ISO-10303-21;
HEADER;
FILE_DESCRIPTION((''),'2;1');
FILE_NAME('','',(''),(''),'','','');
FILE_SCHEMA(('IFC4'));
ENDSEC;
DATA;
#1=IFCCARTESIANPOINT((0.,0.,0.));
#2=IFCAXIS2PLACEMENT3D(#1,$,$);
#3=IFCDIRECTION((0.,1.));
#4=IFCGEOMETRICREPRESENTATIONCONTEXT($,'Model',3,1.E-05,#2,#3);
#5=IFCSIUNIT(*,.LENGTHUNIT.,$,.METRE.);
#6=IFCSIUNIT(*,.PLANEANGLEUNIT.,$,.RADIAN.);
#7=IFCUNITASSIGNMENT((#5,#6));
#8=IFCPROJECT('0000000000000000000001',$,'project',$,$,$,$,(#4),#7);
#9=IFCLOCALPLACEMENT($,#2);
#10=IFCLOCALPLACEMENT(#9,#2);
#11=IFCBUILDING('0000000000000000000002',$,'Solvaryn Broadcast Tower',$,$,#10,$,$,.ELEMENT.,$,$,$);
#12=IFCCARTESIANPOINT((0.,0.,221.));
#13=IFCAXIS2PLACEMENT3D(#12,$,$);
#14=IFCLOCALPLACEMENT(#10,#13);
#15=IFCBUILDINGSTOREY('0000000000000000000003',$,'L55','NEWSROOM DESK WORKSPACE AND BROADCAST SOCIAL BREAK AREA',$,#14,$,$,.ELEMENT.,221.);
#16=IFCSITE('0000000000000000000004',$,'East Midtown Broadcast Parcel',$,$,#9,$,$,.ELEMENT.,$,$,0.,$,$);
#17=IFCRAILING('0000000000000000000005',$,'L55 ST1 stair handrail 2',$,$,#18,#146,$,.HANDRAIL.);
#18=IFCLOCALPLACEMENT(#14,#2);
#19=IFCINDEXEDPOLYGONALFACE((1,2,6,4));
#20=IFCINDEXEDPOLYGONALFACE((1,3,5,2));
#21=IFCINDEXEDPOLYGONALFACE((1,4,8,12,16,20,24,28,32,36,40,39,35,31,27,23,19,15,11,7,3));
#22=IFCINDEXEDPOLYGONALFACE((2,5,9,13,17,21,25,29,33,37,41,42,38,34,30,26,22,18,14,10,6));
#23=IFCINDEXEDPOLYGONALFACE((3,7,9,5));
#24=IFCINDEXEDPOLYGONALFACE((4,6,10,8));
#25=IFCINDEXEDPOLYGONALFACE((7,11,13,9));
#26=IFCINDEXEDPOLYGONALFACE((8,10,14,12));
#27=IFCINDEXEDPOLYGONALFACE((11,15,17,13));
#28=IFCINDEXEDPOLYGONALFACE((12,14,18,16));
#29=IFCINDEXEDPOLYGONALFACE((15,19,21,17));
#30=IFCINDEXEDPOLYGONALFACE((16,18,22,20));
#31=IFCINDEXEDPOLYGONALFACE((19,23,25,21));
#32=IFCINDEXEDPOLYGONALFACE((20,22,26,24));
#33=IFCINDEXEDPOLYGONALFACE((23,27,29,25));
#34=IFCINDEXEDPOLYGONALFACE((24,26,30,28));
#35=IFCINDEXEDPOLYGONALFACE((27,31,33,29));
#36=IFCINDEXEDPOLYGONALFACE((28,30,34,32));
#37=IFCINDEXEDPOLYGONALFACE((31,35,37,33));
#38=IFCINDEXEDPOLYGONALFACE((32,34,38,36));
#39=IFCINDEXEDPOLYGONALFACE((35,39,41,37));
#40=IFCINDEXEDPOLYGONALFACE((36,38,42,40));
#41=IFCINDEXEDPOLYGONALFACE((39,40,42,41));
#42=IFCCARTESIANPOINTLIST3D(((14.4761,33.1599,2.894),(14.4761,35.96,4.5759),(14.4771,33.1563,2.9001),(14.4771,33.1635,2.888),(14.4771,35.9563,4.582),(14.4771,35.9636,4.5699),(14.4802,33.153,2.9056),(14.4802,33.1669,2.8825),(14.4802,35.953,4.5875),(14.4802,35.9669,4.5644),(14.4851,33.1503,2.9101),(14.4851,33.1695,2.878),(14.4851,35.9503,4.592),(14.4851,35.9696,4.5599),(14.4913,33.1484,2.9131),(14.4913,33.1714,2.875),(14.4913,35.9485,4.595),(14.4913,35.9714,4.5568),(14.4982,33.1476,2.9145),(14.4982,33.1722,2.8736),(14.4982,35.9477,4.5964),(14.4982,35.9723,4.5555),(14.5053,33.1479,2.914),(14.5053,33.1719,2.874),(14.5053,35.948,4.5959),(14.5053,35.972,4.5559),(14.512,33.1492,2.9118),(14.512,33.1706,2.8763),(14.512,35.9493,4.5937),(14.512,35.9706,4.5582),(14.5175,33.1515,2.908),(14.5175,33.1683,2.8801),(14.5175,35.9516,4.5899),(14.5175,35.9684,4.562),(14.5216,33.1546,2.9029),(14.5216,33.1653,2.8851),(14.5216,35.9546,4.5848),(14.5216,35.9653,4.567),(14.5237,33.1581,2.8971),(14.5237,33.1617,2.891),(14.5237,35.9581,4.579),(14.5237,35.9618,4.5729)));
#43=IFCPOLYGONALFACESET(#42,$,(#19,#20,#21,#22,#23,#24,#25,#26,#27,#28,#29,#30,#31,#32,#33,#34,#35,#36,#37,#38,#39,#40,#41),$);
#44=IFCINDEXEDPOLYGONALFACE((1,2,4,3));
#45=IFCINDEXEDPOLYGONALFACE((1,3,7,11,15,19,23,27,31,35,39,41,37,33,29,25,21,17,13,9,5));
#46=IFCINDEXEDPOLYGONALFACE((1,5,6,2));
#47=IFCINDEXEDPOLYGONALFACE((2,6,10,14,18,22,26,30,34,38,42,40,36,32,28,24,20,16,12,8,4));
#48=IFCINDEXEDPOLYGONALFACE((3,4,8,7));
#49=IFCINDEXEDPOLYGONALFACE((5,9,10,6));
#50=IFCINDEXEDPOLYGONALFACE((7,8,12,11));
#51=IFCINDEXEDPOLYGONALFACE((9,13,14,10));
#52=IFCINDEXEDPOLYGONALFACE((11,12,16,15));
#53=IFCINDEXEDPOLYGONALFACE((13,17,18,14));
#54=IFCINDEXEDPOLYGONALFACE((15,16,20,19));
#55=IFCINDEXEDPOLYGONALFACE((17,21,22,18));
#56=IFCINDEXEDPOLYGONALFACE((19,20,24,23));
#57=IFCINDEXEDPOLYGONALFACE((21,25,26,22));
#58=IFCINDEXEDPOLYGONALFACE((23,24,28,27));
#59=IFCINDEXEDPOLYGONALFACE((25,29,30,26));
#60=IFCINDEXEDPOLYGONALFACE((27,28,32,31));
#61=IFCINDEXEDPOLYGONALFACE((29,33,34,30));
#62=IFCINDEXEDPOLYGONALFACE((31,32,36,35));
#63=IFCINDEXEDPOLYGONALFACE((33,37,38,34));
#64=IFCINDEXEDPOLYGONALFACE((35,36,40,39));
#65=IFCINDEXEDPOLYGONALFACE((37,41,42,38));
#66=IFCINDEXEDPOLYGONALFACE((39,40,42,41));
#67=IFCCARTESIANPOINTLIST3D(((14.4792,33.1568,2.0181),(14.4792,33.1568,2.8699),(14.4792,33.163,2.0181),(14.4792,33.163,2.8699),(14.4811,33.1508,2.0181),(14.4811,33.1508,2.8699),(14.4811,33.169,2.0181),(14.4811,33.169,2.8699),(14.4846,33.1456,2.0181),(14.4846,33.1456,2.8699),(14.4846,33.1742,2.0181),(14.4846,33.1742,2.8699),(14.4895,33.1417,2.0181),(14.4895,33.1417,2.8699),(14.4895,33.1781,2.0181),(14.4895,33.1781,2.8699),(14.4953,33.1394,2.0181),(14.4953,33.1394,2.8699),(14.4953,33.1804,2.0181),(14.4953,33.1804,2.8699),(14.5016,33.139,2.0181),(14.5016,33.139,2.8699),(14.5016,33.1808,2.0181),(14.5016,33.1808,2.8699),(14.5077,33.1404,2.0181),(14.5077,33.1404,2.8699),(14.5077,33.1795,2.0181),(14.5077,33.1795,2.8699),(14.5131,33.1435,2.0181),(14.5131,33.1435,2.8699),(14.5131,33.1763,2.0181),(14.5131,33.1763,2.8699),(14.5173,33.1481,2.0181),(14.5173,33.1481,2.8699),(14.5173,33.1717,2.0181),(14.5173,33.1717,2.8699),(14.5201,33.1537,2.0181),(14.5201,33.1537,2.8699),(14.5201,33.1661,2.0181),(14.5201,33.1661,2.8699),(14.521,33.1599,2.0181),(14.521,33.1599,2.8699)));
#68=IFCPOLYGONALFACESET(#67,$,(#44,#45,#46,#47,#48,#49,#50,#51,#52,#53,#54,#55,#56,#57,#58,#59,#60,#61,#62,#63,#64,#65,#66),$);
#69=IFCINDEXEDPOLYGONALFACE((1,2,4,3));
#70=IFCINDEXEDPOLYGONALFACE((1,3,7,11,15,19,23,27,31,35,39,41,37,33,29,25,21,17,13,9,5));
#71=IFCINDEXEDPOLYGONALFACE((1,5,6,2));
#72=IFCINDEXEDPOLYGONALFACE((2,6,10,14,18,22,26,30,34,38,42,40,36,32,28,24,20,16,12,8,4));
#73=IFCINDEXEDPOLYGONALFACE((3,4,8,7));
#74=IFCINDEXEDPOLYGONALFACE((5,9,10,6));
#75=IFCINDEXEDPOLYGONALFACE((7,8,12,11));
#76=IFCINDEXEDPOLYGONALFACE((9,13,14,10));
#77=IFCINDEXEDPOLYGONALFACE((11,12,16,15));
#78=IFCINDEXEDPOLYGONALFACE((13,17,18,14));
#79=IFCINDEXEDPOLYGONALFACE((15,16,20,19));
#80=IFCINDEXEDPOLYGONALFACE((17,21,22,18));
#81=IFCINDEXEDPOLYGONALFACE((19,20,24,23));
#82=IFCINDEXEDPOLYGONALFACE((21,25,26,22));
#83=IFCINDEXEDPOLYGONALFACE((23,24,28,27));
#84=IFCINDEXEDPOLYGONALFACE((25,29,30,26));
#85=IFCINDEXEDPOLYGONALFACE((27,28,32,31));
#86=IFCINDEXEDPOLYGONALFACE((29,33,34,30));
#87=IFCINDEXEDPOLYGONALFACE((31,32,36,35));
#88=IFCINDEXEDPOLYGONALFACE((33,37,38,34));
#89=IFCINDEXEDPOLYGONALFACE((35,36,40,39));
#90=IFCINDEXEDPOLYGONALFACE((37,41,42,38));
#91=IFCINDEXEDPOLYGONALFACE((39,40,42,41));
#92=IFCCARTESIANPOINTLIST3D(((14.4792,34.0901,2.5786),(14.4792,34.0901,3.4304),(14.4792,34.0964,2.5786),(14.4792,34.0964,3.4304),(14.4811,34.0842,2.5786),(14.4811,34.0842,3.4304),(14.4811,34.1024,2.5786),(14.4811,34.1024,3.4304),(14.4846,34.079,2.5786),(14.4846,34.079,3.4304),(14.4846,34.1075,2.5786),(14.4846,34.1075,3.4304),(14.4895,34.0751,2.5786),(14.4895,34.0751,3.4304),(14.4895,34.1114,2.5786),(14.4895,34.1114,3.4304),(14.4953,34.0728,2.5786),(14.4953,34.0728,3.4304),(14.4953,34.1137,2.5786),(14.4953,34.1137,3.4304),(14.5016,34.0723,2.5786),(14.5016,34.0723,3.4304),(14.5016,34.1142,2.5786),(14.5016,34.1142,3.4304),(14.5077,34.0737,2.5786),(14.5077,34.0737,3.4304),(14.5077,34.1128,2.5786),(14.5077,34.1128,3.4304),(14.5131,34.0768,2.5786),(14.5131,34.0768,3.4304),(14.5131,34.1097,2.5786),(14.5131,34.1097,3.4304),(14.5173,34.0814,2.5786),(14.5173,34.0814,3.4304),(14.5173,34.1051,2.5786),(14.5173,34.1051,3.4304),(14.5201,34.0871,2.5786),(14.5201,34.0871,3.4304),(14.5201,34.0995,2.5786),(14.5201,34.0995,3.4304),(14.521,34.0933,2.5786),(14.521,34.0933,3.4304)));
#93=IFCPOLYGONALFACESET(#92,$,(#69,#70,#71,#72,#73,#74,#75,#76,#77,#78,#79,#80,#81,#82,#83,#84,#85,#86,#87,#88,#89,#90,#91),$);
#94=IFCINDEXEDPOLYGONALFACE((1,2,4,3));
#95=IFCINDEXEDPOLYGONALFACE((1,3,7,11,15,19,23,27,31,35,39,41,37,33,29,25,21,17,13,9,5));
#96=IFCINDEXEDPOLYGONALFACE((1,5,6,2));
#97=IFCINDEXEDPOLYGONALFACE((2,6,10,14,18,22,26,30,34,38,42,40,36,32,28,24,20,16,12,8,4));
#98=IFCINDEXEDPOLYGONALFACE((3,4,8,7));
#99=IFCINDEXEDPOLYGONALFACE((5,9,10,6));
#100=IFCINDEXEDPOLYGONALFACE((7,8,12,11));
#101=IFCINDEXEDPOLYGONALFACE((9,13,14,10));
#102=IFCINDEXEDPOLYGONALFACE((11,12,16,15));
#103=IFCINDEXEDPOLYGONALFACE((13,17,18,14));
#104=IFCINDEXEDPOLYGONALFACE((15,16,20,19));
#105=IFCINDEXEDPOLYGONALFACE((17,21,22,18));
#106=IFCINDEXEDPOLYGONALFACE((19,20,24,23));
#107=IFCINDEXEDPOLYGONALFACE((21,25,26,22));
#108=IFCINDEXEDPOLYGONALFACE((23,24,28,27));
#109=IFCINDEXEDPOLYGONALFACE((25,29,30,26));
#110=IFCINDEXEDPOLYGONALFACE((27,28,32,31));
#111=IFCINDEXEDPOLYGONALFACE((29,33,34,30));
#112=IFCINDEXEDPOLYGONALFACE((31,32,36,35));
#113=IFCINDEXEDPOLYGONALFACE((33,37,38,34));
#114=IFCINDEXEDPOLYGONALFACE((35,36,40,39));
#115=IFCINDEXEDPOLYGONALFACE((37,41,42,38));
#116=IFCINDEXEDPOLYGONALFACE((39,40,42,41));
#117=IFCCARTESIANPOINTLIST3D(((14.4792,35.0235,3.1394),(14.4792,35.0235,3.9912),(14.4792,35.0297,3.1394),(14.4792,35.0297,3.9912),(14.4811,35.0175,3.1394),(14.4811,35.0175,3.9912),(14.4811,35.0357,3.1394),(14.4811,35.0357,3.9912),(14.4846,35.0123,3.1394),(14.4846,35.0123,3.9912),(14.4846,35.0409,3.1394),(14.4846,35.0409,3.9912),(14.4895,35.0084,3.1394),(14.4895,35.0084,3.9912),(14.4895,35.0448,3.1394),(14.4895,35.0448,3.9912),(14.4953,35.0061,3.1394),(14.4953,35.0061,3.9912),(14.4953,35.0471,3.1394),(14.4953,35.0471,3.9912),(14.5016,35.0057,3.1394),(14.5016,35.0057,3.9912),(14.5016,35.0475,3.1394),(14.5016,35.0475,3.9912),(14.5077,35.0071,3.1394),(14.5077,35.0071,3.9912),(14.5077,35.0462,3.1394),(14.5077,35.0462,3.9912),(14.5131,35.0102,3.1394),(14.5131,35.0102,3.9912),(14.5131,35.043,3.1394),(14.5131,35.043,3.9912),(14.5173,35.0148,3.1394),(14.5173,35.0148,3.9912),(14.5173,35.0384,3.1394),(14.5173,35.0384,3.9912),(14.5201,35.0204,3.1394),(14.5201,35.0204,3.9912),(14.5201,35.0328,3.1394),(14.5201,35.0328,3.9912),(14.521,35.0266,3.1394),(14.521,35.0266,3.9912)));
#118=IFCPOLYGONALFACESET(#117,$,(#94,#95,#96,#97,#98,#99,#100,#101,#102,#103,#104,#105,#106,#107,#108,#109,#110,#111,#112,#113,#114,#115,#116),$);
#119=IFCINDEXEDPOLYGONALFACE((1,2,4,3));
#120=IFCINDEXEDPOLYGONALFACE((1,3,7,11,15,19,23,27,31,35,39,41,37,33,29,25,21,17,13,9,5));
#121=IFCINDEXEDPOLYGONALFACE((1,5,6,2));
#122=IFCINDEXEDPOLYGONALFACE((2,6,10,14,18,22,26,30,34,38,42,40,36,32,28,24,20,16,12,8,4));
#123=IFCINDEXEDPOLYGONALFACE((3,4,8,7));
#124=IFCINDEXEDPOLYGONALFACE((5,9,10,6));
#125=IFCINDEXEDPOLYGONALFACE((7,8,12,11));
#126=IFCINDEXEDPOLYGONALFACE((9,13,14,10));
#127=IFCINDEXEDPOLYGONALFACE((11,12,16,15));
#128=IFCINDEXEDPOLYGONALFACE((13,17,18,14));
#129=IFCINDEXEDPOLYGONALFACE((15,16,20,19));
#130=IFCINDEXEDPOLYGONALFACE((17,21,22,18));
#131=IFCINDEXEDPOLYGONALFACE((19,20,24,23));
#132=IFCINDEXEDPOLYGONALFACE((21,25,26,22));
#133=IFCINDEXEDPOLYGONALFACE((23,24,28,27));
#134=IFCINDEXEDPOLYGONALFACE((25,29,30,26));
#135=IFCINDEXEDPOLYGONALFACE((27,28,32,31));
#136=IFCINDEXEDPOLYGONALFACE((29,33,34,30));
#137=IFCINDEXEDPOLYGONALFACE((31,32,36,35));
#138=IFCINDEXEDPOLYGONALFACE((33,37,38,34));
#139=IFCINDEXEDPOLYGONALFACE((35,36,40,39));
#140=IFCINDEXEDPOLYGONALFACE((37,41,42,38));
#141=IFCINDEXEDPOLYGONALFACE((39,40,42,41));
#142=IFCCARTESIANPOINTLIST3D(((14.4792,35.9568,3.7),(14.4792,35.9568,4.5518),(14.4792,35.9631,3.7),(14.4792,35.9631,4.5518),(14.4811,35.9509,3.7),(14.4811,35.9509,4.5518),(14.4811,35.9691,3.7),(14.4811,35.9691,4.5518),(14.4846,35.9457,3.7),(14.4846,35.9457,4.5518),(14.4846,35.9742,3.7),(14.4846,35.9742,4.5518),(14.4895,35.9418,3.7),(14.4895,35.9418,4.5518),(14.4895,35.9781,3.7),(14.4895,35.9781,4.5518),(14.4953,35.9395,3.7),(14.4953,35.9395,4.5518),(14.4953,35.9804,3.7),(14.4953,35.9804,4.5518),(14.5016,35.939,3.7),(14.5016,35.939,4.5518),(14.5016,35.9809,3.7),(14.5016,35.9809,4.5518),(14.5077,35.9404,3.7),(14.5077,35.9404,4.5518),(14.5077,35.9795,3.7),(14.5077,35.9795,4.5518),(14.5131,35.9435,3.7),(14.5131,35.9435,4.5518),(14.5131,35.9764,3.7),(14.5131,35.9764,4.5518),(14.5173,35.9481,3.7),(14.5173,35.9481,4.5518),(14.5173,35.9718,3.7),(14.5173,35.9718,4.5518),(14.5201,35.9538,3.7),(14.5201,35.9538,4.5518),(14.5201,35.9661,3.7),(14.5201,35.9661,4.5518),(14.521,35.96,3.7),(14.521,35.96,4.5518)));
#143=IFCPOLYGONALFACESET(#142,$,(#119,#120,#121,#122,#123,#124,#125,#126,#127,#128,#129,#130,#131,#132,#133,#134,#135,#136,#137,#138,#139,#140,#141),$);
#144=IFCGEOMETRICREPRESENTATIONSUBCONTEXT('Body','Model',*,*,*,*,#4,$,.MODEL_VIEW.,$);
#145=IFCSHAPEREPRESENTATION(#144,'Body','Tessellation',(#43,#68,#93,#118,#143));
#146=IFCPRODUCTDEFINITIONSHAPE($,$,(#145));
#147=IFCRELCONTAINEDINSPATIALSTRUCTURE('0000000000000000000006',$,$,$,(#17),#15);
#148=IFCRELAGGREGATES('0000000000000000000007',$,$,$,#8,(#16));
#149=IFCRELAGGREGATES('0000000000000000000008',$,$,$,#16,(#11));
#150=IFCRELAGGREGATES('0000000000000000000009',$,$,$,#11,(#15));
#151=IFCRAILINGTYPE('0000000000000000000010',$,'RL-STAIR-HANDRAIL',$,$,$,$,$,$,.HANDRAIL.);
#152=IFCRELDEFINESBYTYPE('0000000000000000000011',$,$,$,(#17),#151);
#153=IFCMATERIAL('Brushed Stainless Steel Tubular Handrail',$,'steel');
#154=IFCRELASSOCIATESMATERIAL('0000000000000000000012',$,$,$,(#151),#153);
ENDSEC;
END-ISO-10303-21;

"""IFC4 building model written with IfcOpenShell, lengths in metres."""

from ifc_helpers import new_model, si_unit, direction, frame, origin, origin_2d, place, context, subcontext, project, spatial, circle, extrude, material, type_object, element, save


model = new_model("IFC4")

# Units and contexts
model_context = context("Model", 3, precision=1e-05, world=origin(), true_north=direction((0.0, 1.0)))
body_context = subcontext(model_context, "Body", "Model", "MODEL_VIEW")
ifc_project = project(units=[si_unit("LENGTHUNIT", "METRE"), si_unit("PLANEANGLEUNIT", "RADIAN")], contexts=[model_context])

# Site, building, storey
site_placement = place(None, origin())
site = spatial("IfcSite", under=ifc_project, at=site_placement, Name="East Midtown Broadcast Parcel", CompositionType="ELEMENT", RefElevation=0.0)
building_placement = place(site_placement, origin())
building = spatial("IfcBuilding", under=site, at=building_placement, Name="Solvaryn Broadcast Tower", CompositionType="ELEMENT")
storey_placement = place(building_placement, frame((0.0, 0.0, 221.0)))
storey = spatial("IfcBuildingStorey", under=building, at=storey_placement, Name="L55", Description="NEWSROOM DESK WORKSPACE AND BROADCAST SOCIAL BREAK AREA", CompositionType="ELEMENT", Elevation=221.0)

# Railing
ifc_material_1 = material(Name="Brushed Stainless Steel Tubular Handrail", Category="steel")
railing_type_1 = type_object("IfcRailingType", Name="RL-STAIR-HANDRAIL", PredefinedType="HANDRAIL", material=ifc_material_1)
railing_1_placement = place(storey_placement, frame((14.5, 33.1599, 2.0181)))
element("IfcRailing", 1, at=railing_1_placement, inside=storey, type_object=railing_type_1, Name="L55 ST1 stair handrail 2", PredefinedType="HANDRAIL", context=body_context, shape_type="SweptSolid", body=[
    extrude(circle(Radius=0.0239, at=origin_2d()), frame((0.0, 0.0, 0.876), z_axis=(0.0, 0.857242, 0.514913), x_axis=(-1.0, 0.0, 0.0)), (0.0, 0.0, 1.0), 3.2664),
    extrude(circle(Radius=0.021, at=origin_2d()), origin(), (0.0, 0.0, 1.0), 0.8518),
    extrude(circle(Radius=0.021, at=origin_2d()), frame((0.0, 0.9333, 0.5605)), (0.0, 0.0, 1.0), 0.8518),
    extrude(circle(Radius=0.021, at=origin_2d()), frame((0.0, 1.8667, 1.1213)), (0.0, 0.0, 1.0), 0.8518),
    extrude(circle(Radius=0.021, at=origin_2d()), frame((0.0, 2.8, 1.6819)), (0.0, 0.0, 1.0), 0.8518),
])

save(model, "model.ifc")
